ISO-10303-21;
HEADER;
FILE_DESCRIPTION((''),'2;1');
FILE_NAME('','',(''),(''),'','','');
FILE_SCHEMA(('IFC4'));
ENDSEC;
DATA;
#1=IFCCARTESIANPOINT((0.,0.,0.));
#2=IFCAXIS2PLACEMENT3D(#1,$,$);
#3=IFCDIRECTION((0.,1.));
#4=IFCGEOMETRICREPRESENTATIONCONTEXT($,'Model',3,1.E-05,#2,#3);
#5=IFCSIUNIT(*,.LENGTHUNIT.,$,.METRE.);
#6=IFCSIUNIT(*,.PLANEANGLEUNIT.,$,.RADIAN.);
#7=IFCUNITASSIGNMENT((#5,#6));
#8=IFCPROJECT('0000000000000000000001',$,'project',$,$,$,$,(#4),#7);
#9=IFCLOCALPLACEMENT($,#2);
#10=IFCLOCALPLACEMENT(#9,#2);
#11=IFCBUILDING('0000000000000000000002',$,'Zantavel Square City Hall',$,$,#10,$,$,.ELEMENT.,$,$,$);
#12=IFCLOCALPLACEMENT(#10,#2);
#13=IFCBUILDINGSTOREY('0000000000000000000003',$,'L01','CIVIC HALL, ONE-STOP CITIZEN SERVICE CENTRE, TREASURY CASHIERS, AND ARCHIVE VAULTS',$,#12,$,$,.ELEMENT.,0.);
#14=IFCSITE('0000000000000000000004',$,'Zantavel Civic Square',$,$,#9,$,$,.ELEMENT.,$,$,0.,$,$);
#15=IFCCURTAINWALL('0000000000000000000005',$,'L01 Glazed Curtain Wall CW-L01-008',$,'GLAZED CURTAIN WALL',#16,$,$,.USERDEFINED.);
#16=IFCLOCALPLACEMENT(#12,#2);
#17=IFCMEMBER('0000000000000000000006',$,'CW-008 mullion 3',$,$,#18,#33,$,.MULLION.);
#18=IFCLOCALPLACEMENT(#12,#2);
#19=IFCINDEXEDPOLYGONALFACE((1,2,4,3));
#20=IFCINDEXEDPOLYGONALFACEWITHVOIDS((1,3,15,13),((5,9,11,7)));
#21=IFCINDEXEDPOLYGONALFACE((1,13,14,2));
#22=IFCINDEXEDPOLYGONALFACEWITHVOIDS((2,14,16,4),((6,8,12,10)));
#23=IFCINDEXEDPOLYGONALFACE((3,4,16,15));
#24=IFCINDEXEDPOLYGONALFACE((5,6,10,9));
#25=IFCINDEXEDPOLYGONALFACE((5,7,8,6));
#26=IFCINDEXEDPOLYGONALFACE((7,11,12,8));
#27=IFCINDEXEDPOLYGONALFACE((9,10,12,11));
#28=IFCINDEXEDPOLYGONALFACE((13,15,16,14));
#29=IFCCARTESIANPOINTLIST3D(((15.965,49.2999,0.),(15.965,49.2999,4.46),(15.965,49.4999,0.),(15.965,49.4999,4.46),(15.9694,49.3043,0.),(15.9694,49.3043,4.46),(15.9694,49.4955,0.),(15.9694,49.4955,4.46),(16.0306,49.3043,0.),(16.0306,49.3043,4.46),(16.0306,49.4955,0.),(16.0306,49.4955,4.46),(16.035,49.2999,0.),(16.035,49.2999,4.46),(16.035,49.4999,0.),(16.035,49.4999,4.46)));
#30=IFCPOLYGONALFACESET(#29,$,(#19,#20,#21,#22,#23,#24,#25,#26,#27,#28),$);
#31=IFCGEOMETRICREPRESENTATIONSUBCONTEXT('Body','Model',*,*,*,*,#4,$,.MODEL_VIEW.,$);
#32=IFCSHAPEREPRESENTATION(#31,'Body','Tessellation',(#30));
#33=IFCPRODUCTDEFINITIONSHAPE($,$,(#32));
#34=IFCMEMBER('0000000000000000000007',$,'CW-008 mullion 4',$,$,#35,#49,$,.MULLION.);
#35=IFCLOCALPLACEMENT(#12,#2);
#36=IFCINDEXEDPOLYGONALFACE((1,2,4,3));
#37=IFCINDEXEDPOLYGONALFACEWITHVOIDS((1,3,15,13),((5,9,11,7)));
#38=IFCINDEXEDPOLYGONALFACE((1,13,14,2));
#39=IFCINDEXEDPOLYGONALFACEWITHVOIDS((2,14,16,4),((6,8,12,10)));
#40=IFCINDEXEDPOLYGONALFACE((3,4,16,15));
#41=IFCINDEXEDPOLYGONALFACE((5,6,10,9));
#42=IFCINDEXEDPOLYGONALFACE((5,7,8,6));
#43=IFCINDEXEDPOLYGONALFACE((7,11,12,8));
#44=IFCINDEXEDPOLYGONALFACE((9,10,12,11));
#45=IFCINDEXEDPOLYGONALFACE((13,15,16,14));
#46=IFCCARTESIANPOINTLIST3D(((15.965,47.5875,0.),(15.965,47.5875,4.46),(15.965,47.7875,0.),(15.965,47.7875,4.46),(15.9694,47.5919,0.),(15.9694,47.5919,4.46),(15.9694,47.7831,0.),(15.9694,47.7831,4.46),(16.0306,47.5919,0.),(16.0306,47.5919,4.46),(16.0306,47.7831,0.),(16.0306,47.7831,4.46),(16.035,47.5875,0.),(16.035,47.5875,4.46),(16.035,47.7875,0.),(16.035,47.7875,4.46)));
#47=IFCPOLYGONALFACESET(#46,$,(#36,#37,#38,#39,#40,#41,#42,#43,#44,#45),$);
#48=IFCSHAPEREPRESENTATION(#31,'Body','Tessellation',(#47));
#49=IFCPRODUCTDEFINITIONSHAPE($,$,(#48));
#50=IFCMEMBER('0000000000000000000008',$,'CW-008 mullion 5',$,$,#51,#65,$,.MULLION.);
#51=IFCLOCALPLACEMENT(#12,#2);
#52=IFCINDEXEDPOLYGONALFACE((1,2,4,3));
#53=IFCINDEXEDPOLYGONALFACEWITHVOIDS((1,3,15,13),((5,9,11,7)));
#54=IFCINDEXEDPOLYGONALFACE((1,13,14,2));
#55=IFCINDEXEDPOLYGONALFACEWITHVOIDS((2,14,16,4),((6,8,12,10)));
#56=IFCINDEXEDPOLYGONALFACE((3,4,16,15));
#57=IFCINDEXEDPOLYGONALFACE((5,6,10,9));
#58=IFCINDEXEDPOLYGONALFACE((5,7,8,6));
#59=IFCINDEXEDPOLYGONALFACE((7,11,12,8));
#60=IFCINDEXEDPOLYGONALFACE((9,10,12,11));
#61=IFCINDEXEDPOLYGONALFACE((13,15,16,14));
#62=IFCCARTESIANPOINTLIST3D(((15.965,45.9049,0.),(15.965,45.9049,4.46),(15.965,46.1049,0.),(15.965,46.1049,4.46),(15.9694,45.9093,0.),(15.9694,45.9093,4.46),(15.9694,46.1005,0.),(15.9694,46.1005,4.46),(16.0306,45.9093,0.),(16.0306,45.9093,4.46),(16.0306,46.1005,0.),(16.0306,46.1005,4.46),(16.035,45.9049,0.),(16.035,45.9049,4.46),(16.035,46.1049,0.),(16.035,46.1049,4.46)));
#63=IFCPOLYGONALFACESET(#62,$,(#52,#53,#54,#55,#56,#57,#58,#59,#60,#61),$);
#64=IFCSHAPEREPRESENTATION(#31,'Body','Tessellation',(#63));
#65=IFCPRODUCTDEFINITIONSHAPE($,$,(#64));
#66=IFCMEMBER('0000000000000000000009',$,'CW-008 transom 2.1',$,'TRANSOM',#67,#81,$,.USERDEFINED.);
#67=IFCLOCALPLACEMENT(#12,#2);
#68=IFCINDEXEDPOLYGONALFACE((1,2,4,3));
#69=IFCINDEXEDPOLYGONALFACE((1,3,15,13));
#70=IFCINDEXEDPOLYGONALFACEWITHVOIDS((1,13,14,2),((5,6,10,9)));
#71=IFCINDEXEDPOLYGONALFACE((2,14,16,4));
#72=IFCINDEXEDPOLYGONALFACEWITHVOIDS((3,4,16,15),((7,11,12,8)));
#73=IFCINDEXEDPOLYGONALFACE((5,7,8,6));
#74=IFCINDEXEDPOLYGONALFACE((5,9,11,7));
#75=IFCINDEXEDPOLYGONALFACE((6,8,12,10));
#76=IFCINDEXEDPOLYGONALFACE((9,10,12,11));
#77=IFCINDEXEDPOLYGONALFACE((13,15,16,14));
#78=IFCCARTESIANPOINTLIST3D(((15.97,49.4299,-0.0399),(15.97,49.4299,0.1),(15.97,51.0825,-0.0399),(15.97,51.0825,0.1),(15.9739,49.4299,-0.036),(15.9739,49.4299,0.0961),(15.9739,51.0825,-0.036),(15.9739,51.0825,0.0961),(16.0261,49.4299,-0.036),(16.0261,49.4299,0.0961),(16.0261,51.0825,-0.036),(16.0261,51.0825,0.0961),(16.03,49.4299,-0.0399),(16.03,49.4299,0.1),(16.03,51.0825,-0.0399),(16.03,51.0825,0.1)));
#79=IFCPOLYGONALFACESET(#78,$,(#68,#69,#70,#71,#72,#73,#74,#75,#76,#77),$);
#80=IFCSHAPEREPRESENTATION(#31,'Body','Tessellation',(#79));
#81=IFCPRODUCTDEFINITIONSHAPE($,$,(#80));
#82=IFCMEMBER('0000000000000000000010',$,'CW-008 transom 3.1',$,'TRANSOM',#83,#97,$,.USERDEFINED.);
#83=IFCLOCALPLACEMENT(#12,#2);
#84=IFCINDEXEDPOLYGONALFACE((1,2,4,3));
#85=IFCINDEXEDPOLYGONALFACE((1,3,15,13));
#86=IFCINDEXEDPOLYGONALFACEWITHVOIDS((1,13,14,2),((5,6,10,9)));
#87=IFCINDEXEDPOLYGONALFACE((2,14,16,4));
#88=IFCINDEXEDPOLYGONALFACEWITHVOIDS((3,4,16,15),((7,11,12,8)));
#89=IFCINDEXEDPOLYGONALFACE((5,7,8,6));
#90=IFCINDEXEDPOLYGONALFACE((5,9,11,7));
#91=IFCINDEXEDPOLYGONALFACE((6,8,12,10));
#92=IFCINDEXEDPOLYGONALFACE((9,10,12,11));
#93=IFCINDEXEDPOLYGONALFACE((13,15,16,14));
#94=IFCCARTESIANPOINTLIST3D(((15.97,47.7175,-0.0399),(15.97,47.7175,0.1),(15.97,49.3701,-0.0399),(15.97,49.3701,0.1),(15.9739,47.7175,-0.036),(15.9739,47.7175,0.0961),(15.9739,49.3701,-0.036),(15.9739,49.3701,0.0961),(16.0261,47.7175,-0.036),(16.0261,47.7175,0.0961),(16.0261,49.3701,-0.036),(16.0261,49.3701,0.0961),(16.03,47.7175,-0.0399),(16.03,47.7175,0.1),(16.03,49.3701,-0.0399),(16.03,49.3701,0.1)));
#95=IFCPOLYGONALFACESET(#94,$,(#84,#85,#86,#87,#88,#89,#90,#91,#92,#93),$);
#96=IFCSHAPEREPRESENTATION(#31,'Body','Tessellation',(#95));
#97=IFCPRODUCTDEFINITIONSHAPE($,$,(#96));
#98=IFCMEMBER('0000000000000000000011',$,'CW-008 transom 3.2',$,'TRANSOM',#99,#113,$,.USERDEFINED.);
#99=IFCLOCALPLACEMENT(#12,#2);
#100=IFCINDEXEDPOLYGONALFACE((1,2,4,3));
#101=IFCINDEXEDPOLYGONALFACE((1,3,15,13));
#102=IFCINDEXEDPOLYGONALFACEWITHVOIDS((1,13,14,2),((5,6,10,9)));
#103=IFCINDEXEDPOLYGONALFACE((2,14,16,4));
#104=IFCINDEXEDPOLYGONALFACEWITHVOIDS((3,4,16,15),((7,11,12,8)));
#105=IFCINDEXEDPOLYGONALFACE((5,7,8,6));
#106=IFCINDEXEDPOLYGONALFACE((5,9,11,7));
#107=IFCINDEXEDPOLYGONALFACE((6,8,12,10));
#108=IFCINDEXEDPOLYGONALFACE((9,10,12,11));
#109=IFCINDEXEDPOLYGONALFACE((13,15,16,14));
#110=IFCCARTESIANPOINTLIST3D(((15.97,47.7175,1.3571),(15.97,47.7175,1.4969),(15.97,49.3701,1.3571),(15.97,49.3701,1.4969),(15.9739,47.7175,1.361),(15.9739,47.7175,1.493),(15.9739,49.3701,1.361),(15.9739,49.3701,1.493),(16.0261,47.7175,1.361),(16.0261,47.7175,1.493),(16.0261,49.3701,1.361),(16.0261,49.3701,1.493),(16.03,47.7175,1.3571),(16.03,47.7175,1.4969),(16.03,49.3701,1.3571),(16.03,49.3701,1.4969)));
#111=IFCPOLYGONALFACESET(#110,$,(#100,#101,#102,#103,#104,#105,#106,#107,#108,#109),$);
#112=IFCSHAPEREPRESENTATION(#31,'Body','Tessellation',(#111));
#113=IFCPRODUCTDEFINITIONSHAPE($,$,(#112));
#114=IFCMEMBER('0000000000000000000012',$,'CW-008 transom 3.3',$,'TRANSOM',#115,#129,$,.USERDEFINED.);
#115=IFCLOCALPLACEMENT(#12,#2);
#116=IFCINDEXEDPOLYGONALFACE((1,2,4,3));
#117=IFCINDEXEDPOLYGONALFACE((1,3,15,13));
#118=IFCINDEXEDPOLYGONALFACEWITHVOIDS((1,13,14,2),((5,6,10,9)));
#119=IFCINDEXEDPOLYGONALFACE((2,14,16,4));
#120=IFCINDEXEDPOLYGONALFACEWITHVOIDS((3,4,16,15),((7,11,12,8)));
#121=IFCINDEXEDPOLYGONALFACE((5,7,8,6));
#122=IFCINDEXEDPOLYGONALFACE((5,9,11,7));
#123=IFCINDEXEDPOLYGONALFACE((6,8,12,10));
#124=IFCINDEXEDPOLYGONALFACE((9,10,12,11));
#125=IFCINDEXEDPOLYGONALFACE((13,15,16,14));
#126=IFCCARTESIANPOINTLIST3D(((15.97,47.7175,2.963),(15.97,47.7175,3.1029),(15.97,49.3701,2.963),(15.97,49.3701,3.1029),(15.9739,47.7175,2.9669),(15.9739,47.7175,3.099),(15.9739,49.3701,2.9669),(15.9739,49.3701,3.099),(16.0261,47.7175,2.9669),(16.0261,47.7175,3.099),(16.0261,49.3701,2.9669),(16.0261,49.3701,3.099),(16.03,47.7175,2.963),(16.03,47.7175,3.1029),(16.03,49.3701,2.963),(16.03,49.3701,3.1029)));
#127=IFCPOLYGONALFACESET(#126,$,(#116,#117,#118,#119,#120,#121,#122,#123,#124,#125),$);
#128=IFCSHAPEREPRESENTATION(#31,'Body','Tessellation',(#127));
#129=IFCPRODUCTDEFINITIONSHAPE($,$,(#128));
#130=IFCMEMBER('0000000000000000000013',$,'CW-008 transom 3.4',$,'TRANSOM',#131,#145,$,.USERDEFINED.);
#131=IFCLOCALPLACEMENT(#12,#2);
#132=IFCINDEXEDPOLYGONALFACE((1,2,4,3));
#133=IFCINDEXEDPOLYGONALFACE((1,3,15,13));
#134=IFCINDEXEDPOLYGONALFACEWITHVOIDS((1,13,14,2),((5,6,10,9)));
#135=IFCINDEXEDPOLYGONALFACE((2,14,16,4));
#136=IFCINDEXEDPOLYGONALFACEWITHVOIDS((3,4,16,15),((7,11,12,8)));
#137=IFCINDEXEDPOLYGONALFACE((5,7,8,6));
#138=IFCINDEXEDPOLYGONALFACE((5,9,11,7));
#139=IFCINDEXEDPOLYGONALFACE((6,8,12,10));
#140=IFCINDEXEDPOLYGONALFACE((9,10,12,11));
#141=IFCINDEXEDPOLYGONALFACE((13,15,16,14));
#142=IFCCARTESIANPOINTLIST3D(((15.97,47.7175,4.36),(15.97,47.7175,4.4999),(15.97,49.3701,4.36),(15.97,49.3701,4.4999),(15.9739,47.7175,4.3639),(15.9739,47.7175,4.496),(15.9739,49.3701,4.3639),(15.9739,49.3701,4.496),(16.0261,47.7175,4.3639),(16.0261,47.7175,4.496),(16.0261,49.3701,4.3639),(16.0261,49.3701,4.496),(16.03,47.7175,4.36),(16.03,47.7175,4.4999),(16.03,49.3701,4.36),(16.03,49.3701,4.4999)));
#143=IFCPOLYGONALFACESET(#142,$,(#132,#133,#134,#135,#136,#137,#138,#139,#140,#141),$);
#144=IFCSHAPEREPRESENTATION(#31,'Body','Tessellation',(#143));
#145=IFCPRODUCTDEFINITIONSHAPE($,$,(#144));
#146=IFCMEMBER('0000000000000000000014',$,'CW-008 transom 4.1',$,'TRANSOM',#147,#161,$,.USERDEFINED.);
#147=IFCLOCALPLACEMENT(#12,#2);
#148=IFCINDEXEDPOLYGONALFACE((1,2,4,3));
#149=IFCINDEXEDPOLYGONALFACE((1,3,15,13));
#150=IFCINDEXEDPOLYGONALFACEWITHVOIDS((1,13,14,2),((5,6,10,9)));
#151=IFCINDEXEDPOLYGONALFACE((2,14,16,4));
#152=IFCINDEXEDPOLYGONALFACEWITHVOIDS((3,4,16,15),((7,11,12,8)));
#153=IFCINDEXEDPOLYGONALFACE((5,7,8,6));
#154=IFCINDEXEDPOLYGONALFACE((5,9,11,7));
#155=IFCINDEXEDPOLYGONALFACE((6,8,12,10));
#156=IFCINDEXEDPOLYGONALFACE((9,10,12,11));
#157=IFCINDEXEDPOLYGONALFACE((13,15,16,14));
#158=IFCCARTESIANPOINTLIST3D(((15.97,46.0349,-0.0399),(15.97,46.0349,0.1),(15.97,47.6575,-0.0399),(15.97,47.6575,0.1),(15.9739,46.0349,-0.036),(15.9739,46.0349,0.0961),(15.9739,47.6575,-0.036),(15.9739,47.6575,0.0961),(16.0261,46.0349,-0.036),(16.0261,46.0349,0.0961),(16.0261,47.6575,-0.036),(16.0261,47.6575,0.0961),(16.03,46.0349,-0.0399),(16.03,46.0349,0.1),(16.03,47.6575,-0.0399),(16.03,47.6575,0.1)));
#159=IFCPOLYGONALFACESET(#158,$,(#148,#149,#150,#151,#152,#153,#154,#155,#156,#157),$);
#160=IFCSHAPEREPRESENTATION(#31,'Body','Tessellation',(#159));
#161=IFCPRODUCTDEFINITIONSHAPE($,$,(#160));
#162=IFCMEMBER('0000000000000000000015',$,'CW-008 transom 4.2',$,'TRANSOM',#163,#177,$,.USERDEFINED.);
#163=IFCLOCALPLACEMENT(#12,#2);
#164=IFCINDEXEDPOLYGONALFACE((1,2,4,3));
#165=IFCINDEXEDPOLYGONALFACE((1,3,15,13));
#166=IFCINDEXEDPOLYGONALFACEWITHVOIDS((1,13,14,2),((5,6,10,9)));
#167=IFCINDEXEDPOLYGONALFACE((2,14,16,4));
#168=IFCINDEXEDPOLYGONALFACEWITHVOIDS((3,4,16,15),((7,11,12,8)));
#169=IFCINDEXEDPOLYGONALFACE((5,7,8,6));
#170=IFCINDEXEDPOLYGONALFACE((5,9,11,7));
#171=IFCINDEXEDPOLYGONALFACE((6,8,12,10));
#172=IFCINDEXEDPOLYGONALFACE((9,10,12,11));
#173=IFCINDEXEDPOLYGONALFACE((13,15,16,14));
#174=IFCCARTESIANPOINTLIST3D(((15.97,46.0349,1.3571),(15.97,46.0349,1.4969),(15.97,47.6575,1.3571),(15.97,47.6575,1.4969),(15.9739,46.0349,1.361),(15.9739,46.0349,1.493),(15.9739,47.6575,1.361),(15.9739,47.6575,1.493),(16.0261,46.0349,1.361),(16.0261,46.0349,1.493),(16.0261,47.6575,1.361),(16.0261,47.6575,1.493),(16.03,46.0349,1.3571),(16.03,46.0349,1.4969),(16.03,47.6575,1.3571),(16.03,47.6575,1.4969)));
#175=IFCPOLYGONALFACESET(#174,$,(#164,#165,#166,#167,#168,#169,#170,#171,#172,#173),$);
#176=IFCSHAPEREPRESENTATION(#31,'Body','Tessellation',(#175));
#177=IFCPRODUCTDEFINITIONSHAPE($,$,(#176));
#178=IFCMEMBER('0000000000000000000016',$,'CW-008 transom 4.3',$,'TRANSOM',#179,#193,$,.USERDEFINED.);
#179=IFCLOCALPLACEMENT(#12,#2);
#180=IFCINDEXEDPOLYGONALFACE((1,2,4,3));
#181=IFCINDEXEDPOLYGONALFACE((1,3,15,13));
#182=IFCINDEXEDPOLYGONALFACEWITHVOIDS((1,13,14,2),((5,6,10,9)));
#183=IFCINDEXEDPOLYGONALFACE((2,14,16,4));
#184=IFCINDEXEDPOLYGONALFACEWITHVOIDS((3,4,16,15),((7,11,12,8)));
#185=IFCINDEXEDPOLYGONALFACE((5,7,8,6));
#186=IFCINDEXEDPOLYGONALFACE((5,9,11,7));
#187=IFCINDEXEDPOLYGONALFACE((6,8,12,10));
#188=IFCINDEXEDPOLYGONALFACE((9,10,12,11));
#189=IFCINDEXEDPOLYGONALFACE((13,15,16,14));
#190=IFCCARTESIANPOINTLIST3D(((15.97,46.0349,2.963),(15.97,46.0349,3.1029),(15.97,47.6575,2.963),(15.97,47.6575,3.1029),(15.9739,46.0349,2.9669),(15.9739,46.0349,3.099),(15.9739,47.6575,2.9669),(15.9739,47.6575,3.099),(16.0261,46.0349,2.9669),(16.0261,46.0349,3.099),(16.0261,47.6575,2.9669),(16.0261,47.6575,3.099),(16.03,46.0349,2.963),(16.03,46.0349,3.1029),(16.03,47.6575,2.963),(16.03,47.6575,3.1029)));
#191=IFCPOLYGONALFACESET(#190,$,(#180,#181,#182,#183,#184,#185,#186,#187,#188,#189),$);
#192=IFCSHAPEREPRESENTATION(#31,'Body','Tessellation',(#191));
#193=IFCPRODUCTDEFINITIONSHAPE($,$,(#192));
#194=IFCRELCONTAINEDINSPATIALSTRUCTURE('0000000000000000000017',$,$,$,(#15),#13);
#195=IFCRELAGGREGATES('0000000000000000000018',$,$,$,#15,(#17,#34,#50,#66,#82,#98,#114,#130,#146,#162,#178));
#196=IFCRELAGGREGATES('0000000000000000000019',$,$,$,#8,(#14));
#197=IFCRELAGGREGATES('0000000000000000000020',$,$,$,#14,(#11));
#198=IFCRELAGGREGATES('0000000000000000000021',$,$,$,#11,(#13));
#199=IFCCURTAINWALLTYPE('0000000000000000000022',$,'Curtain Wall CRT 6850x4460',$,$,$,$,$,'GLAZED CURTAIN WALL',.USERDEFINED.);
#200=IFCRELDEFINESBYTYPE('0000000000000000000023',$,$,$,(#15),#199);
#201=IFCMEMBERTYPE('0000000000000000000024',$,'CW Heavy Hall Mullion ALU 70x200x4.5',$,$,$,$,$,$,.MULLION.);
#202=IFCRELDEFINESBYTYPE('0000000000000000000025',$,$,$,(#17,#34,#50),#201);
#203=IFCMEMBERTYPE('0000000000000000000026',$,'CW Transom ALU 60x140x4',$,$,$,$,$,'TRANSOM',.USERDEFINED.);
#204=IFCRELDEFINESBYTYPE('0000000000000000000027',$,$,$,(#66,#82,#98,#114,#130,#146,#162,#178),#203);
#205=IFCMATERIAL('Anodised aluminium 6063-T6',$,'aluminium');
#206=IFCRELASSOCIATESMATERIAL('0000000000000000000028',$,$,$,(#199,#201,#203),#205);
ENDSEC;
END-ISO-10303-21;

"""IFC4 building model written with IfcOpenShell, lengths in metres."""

from ifc_helpers import new_model, si_unit, direction, frame, origin, origin_2d, place, context, subcontext, project, spatial, hollow_rectangle, extrude, material, material_profile, profile_set, type_object, element, aggregate, save


model = new_model("IFC4")

# Units and contexts
model_context = context("Model", 3, precision=1e-05, world=origin(), true_north=direction((0.0, 1.0)))
body_context = subcontext(model_context, "Body", "Model", "MODEL_VIEW")
ifc_project = project(units=[si_unit("LENGTHUNIT", "METRE"), si_unit("PLANEANGLEUNIT", "RADIAN")], contexts=[model_context])

# Site, building, storey
site_placement = place(None, origin())
site = spatial("IfcSite", under=ifc_project, at=site_placement, Name="Zantavel Civic Square", CompositionType="ELEMENT", RefElevation=0.0)
building_placement = place(site_placement, origin())
building = spatial("IfcBuilding", under=site, at=building_placement, Name="Zantavel Square City Hall", CompositionType="ELEMENT")
storey_placement = place(building_placement, origin())
storey = spatial("IfcBuildingStorey", under=building, at=storey_placement, Name="L01", Description="CIVIC HALL, ONE-STOP CITIZEN SERVICE CENTRE, TREASURY CASHIERS, AND ARCHIVE VAULTS", CompositionType="ELEMENT", Elevation=0.0)

# Curtain wall, members
ifc_material_1 = material(Name="Anodised aluminium 6063-T6", Category="aluminium")
curtain_wall_type = type_object("IfcCurtainWallType", Name="Curtain Wall CRT 6850x4460", ElementType="GLAZED CURTAIN WALL", PredefinedType="USERDEFINED", material=ifc_material_1)
curtain_wall_placement = place(storey_placement, origin())
curtain_wall = element("IfcCurtainWall", 1, at=curtain_wall_placement, inside=storey, type_object=curtain_wall_type, Name="L01 Glazed Curtain Wall CW-L01-008", ObjectType="GLAZED CURTAIN WALL", PredefinedType="USERDEFINED")
ifc_material_profile_1 = material_profile(ifc_material_1, hollow_rectangle(XDim=0.0701, YDim=0.2, WallThickness=0.0044, at=origin_2d()), Name="ALU 70x200x4.5")
ifc_profile_set_1 = profile_set([ifc_material_profile_1], Name="Anodised aluminium 6063-T6")
member_type_1 = type_object("IfcMemberType", Name="CW Heavy Hall Mullion ALU 70x200x4.5", PredefinedType="MULLION", material=ifc_profile_set_1)
member_1_placement = place(storey_placement, frame((16.0, 49.3999, 0.0), z_axis=(0.0, 0.0, 1.0), x_axis=(1.0, 0.0, 0.0)))
member_1 = element("IfcMember", 2, at=member_1_placement, type_object=member_type_1, Name="CW-008 mullion 3", PredefinedType="MULLION", context=body_context, shape_type="SweptSolid", body=[
    extrude(hollow_rectangle(XDim=0.0701, YDim=0.2, WallThickness=0.0044, at=origin_2d()), origin(), (0.0, 0.0, 1.0), 4.46),
])
member_2_placement = place(storey_placement, frame((16.0, 47.6875, 0.0), z_axis=(0.0, 0.0, 1.0), x_axis=(1.0, 0.0, 0.0)))
member_2 = element("IfcMember", 3, at=member_2_placement, type_object=member_type_1, Name="CW-008 mullion 4", PredefinedType="MULLION", context=body_context, shape_type="SweptSolid", body=[
    extrude(hollow_rectangle(XDim=0.0701, YDim=0.2, WallThickness=0.0044, at=origin_2d()), origin(), (0.0, 0.0, 1.0), 4.46),
])
member_3_placement = place(storey_placement, frame((16.0, 46.0049, 0.0), z_axis=(0.0, 0.0, 1.0), x_axis=(1.0, 0.0, 0.0)))
member_3 = element("IfcMember", 4, at=member_3_placement, type_object=member_type_1, Name="CW-008 mullion 5", PredefinedType="MULLION", context=body_context, shape_type="SweptSolid", body=[
    extrude(hollow_rectangle(XDim=0.0701, YDim=0.2, WallThickness=0.0044, at=origin_2d()), origin(), (0.0, 0.0, 1.0), 4.46),
])
ifc_material_profile_2 = material_profile(ifc_material_1, hollow_rectangle(XDim=0.0601, YDim=0.1399, WallThickness=0.0039, at=origin_2d()), Name="ALU 60x140x4")
ifc_profile_set_2 = profile_set([ifc_material_profile_2], Name="Anodised aluminium 6063-T6")
member_type_2 = type_object("IfcMemberType", Name="CW Transom ALU 60x140x4", ElementType="TRANSOM", PredefinedType="USERDEFINED", material=ifc_profile_set_2)
member_4_placement = place(storey_placement, frame((16.0, 51.0825, 0.03), z_axis=(0.0, -1.0, 0.0), x_axis=(1.0, 0.0, 0.0)))
member_4 = element("IfcMember", 5, at=member_4_placement, type_object=member_type_2, Name="CW-008 transom 2.1", ObjectType="TRANSOM", PredefinedType="USERDEFINED", context=body_context, shape_type="SweptSolid", body=[
    extrude(hollow_rectangle(XDim=0.0601, YDim=0.1399, WallThickness=0.0039, at=origin_2d()), origin(), (0.0, 0.0, 1.0), 1.6526),
])
member_5_placement = place(storey_placement, frame((16.0, 49.3701, 0.03), z_axis=(0.0, -1.0, 0.0), x_axis=(1.0, 0.0, 0.0)))
member_5 = element("IfcMember", 6, at=member_5_placement, type_object=member_type_2, Name="CW-008 transom 3.1", ObjectType="TRANSOM", PredefinedType="USERDEFINED", context=body_context, shape_type="SweptSolid", body=[
    extrude(hollow_rectangle(XDim=0.0601, YDim=0.1399, WallThickness=0.0039, at=origin_2d()), origin(), (0.0, 0.0, 1.0), 1.6526),
])
member_6_placement = place(storey_placement, frame((16.0, 49.3701, 1.427), z_axis=(0.0, -1.0, 0.0), x_axis=(1.0, 0.0, 0.0)))
member_6 = element("IfcMember", 7, at=member_6_placement, type_object=member_type_2, Name="CW-008 transom 3.2", ObjectType="TRANSOM", PredefinedType="USERDEFINED", context=body_context, shape_type="SweptSolid", body=[
    extrude(hollow_rectangle(XDim=0.0601, YDim=0.1399, WallThickness=0.0039, at=origin_2d()), origin(), (0.0, 0.0, 1.0), 1.6526),
])
member_7_placement = place(storey_placement, frame((16.0, 49.3701, 3.033), z_axis=(0.0, -1.0, 0.0), x_axis=(1.0, 0.0, 0.0)))
member_7 = element("IfcMember", 8, at=member_7_placement, type_object=member_type_2, Name="CW-008 transom 3.3", ObjectType="TRANSOM", PredefinedType="USERDEFINED", context=body_context, shape_type="SweptSolid", body=[
    extrude(hollow_rectangle(XDim=0.0601, YDim=0.1399, WallThickness=0.0039, at=origin_2d()), origin(), (0.0, 0.0, 1.0), 1.6526),
])
member_8_placement = place(storey_placement, frame((16.0, 49.3701, 4.4299), z_axis=(0.0, -1.0, 0.0), x_axis=(1.0, 0.0, 0.0)))
member_8 = element("IfcMember", 9, at=member_8_placement, type_object=member_type_2, Name="CW-008 transom 3.4", ObjectType="TRANSOM", PredefinedType="USERDEFINED", context=body_context, shape_type="SweptSolid", body=[
    extrude(hollow_rectangle(XDim=0.0601, YDim=0.1399, WallThickness=0.0039, at=origin_2d()), origin(), (0.0, 0.0, 1.0), 1.6526),
])
member_9_placement = place(storey_placement, frame((16.0, 47.6575, 0.03), z_axis=(0.0, -1.0, 0.0), x_axis=(1.0, 0.0, 0.0)))
member_9 = element("IfcMember", 10, at=member_9_placement, type_object=member_type_2, Name="CW-008 transom 4.1", ObjectType="TRANSOM", PredefinedType="USERDEFINED", context=body_context, shape_type="SweptSolid", body=[
    extrude(hollow_rectangle(XDim=0.0601, YDim=0.1399, WallThickness=0.0039, at=origin_2d()), origin(), (0.0, 0.0, 1.0), 1.6226),
])
member_10_placement = place(storey_placement, frame((16.0, 47.6575, 1.427), z_axis=(0.0, -1.0, 0.0), x_axis=(1.0, 0.0, 0.0)))
member_10 = element("IfcMember", 11, at=member_10_placement, type_object=member_type_2, Name="CW-008 transom 4.2", ObjectType="TRANSOM", PredefinedType="USERDEFINED", context=body_context, shape_type="SweptSolid", body=[
    extrude(hollow_rectangle(XDim=0.0601, YDim=0.1399, WallThickness=0.0039, at=origin_2d()), origin(), (0.0, 0.0, 1.0), 1.6226),
])
member_11_placement = place(storey_placement, frame((16.0, 47.6575, 3.033), z_axis=(0.0, -1.0, 0.0), x_axis=(1.0, 0.0, 0.0)))
member_11 = element("IfcMember", 12, at=member_11_placement, type_object=member_type_2, Name="CW-008 transom 4.3", ObjectType="TRANSOM", PredefinedType="USERDEFINED", context=body_context, shape_type="SweptSolid", body=[
    extrude(hollow_rectangle(XDim=0.0601, YDim=0.1399, WallThickness=0.0039, at=origin_2d()), origin(), (0.0, 0.0, 1.0), 1.6226),
])
aggregate(curtain_wall, [member_1, member_2, member_3, member_4, member_5, member_6, member_7, member_8, member_9, member_10, member_11])

save(model, "model.ifc")
